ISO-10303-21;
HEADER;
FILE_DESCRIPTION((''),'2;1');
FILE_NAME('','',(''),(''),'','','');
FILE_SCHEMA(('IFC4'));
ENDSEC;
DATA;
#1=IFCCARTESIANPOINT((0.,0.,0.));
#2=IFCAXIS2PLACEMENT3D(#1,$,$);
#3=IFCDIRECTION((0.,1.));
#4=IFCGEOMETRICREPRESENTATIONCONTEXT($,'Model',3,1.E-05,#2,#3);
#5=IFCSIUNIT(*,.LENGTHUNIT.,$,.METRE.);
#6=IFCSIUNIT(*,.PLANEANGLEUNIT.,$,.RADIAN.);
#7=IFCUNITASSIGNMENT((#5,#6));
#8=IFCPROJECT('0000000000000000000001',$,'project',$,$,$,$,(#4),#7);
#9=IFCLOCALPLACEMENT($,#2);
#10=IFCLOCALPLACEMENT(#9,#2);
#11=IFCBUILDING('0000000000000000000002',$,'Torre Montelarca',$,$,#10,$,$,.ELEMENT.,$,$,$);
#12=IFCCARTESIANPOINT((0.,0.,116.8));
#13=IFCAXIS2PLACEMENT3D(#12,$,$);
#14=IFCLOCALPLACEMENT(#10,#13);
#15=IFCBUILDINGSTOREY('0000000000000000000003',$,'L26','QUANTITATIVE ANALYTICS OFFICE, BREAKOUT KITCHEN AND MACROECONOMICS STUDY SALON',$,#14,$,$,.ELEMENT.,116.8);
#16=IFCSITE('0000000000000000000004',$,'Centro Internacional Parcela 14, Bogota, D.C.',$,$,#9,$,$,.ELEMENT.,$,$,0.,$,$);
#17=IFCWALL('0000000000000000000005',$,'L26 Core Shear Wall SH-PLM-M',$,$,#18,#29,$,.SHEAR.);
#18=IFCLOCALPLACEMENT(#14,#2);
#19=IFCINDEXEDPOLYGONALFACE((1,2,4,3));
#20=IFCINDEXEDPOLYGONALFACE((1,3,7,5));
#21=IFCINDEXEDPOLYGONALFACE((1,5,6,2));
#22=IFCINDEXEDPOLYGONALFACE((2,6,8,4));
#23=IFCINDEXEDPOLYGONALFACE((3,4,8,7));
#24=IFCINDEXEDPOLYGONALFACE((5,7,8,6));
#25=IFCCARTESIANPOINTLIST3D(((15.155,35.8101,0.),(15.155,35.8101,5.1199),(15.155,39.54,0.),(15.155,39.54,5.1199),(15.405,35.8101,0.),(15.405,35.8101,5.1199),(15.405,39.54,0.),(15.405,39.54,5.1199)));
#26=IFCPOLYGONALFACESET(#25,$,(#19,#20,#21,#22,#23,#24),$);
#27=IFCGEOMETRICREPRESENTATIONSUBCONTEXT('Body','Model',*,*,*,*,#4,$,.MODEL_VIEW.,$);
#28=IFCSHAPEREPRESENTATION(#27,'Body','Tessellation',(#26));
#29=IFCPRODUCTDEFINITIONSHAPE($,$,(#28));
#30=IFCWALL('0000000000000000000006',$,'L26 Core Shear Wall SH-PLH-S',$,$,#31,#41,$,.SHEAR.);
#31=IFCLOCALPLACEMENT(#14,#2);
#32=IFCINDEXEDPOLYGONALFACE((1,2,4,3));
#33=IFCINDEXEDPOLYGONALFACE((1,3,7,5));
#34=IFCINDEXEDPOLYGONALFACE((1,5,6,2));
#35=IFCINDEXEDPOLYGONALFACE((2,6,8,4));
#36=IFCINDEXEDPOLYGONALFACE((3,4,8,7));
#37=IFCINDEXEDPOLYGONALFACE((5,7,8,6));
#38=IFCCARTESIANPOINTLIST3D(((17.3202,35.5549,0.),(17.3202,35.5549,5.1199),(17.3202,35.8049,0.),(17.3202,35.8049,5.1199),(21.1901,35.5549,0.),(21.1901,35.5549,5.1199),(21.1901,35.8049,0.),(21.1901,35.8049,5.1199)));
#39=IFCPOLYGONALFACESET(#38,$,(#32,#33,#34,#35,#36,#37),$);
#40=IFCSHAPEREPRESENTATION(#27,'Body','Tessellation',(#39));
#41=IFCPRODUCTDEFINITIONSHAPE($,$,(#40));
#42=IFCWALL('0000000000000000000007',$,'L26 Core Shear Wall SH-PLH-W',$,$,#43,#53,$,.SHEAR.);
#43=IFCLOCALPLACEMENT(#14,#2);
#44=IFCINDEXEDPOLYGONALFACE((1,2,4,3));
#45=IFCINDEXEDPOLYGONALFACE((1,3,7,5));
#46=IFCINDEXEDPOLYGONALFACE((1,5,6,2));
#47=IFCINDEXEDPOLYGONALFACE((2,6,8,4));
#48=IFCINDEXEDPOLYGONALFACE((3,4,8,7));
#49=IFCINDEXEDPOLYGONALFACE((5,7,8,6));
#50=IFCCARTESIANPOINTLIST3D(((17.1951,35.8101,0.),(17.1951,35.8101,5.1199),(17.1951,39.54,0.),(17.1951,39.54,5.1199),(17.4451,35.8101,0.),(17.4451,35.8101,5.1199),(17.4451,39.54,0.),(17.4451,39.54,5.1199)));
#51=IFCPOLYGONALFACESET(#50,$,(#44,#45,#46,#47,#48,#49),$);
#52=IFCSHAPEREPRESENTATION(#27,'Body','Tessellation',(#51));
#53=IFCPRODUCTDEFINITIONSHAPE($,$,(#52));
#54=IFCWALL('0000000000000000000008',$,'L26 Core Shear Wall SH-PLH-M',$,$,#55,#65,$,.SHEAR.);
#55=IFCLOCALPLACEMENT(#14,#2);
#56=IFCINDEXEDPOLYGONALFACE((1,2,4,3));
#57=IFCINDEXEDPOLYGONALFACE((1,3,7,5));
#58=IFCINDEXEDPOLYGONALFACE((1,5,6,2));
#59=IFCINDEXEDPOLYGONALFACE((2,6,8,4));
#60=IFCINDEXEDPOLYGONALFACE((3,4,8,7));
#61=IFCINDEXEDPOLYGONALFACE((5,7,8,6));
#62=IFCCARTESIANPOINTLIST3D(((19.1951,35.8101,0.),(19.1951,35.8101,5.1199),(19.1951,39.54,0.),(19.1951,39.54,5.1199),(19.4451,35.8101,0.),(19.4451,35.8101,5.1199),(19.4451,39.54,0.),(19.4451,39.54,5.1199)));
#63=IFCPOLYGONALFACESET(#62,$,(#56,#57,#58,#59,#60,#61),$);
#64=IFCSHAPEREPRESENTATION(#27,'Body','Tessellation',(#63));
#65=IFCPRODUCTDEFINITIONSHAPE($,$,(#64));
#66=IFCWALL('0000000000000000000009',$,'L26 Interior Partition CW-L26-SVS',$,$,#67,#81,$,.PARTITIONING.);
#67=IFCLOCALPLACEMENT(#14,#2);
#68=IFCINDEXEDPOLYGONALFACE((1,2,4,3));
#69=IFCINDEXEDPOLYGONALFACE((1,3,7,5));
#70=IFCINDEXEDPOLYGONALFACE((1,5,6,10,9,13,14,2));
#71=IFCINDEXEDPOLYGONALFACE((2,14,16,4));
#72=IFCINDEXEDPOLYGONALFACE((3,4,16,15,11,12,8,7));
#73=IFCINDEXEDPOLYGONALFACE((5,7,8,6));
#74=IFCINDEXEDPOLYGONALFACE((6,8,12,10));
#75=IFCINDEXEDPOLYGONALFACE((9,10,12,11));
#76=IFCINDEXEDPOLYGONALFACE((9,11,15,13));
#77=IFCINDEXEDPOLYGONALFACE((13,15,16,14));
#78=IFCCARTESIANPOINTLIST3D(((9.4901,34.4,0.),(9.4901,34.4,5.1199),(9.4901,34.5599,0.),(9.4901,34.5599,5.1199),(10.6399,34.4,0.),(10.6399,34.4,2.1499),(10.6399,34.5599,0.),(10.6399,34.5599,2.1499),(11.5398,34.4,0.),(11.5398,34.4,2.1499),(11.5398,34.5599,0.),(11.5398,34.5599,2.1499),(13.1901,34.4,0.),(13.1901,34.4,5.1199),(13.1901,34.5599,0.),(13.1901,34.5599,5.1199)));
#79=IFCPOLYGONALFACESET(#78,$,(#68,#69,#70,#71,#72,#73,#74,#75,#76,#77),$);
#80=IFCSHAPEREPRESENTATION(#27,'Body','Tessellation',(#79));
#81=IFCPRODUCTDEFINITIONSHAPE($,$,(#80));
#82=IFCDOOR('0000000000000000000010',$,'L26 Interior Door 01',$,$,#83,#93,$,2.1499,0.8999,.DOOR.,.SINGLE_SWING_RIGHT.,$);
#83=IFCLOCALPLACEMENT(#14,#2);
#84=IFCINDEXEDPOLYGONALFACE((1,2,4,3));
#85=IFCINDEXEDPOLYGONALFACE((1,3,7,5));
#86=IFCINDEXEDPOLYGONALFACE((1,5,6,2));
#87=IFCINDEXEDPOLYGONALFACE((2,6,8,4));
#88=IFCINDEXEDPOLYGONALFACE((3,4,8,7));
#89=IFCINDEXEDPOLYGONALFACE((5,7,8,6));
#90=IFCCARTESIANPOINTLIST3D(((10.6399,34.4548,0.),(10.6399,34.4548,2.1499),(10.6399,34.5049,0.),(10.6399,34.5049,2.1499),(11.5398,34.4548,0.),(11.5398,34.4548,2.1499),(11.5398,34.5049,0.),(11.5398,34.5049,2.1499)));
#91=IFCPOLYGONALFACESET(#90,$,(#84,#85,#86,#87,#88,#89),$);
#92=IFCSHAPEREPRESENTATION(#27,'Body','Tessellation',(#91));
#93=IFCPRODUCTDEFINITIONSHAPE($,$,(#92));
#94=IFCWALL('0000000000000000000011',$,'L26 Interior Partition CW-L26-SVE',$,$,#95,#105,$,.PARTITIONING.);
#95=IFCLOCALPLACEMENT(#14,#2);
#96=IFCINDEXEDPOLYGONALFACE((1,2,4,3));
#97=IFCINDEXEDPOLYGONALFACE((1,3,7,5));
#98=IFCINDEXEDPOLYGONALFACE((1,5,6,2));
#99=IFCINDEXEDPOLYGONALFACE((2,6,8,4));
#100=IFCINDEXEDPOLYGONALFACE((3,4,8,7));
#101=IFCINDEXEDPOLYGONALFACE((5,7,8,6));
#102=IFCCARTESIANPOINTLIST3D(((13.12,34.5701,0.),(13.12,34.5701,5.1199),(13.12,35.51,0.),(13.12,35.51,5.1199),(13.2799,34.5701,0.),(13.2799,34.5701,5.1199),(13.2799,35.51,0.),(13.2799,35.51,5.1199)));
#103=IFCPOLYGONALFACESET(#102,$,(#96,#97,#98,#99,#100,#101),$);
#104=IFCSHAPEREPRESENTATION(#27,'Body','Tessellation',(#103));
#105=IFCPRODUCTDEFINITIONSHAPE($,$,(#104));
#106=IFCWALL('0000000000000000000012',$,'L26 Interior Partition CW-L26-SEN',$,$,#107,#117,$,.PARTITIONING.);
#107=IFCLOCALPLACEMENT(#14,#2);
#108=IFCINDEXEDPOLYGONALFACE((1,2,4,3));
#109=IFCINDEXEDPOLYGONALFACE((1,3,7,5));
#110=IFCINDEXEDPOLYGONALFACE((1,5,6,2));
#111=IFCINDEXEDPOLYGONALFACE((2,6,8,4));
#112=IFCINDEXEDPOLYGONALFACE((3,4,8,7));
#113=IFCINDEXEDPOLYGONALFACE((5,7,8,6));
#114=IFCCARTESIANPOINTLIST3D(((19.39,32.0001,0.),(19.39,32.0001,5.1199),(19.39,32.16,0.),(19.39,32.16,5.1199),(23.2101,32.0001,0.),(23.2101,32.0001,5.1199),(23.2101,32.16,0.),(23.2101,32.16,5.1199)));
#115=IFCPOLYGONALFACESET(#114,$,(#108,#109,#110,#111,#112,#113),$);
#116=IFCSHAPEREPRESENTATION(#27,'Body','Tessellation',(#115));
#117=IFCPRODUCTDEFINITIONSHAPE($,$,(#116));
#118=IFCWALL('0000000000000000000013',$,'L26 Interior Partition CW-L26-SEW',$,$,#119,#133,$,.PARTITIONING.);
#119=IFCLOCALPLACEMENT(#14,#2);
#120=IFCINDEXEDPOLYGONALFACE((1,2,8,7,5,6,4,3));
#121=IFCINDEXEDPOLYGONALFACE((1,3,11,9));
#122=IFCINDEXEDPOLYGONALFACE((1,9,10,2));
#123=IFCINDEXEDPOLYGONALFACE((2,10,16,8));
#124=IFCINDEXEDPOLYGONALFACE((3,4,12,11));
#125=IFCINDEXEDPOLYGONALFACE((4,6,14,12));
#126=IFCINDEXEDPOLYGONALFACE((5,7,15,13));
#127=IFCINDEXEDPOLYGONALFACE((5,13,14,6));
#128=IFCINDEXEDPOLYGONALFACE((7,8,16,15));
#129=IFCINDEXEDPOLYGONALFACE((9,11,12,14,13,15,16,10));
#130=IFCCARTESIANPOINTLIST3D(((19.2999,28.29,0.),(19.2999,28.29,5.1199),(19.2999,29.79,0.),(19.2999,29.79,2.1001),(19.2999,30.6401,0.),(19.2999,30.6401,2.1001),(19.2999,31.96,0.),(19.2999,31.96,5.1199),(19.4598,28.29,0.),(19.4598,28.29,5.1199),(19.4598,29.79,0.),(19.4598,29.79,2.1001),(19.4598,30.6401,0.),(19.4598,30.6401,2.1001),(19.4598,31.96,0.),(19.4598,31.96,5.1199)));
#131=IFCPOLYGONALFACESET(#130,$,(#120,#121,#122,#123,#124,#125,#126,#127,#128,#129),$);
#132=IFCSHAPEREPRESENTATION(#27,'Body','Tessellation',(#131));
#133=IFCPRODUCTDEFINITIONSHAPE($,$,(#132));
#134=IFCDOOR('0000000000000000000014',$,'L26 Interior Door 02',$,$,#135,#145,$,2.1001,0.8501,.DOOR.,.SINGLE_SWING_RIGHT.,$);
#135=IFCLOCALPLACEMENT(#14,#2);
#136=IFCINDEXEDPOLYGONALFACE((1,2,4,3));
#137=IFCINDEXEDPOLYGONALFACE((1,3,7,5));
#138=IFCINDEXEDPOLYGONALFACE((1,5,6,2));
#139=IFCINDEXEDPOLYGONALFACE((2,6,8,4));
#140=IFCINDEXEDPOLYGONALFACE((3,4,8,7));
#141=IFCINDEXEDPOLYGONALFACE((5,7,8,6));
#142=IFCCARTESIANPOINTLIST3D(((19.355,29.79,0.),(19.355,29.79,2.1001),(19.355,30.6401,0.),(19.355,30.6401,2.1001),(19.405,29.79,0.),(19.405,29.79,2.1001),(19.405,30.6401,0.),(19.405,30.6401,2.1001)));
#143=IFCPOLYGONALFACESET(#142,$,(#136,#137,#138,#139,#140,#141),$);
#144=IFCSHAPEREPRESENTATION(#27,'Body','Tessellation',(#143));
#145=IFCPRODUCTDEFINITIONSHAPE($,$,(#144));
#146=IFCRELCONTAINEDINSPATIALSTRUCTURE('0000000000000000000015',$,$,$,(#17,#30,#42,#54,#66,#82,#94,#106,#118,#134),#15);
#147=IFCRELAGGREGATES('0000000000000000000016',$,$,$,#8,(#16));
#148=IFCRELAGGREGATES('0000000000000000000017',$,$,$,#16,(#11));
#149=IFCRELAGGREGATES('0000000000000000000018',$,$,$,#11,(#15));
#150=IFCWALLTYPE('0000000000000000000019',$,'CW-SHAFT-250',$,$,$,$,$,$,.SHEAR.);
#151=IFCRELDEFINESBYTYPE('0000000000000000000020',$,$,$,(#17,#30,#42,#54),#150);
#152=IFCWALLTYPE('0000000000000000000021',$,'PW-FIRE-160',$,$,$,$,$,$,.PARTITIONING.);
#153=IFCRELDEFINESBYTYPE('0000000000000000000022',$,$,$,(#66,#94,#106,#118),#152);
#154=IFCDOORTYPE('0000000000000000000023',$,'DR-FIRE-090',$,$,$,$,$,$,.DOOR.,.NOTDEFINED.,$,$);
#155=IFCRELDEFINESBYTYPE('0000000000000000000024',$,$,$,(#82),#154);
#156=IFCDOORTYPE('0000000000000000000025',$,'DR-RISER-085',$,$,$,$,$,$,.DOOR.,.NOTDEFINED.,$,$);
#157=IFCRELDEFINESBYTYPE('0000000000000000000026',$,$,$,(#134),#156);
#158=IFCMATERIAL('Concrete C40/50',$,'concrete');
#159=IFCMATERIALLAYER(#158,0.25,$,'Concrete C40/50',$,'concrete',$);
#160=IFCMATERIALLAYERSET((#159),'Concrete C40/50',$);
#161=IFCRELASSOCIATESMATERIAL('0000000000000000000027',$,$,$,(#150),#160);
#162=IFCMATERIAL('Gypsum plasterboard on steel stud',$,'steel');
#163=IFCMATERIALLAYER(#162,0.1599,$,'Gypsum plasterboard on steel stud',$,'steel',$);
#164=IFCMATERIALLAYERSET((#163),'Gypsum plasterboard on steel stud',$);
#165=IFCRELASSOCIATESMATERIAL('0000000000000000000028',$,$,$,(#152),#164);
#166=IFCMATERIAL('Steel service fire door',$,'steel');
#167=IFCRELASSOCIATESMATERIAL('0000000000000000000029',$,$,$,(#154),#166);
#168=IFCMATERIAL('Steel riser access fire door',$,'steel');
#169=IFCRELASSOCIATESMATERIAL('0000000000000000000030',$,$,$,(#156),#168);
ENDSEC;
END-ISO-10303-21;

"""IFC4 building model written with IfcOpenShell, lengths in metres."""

from ifc_helpers import new_model, si_unit, direction, frame, frame_2d, origin, place, context, subcontext, project, spatial, rectangle, extrude, source, transform, mapped, material, layer, layer_set, type_object, element, fill, save


model = new_model("IFC4")

# Units and contexts
model_context = context("Model", 3, precision=1e-05, world=origin(), true_north=direction((0.0, 1.0)))
body_context = subcontext(model_context, "Body", "Model", "MODEL_VIEW")
ifc_project = project(units=[si_unit("LENGTHUNIT", "METRE"), si_unit("PLANEANGLEUNIT", "RADIAN")], contexts=[model_context])

# Site, building, storey
site_placement = place(None, origin())
site = spatial("IfcSite", under=ifc_project, at=site_placement, Name="Centro Internacional Parcela 14, Bogota, D.C.", CompositionType="ELEMENT", RefElevation=0.0)
building_placement = place(site_placement, origin())
building = spatial("IfcBuilding", under=site, at=building_placement, Name="Torre Montelarca", CompositionType="ELEMENT")
storey_placement = place(building_placement, frame((0.0, 0.0, 116.8)))
storey = spatial("IfcBuildingStorey", under=building, at=storey_placement, Name="L26", Description="QUANTITATIVE ANALYTICS OFFICE, BREAKOUT KITCHEN AND MACROECONOMICS STUDY SALON", CompositionType="ELEMENT", Elevation=116.8)

# Shared definitions
ifc_material_1 = material(Name="Concrete C40/50", Category="concrete")
ifc_layer_1 = layer(ifc_material_1, 0.25, Name="Concrete C40/50", Category="concrete")
ifc_layer_set_1 = layer_set([ifc_layer_1], Name="Concrete C40/50")
wall_type_1 = type_object("IfcWallType", Name="CW-SHAFT-250", PredefinedType="SHEAR", material=ifc_layer_set_1)

# Walls
for number, where, z_axis, x_axis, name in (
    (1, (15.28, 35.8101, 0.0), (0.0, 0.0, 1.0), (0.0, 1.0, 0.0), "L26 Core Shear Wall SH-PLM-M"),
):
    element("IfcWall", number, at=place(storey_placement, frame(where, z_axis=z_axis, x_axis=x_axis)), inside=storey, type_object=wall_type_1, Name=name, PredefinedType="SHEAR", context=body_context, shape_type="SweptSolid", body=[
        extrude(rectangle(XDim=3.73, YDim=0.25, at=frame_2d((1.865, 0.0))), origin(), (0.0, 0.0, 1.0), 5.1199),
    ])
wall_1_placement = place(storey_placement, frame((17.3201, 35.6799, 0.0), z_axis=(0.0, 0.0, 1.0), x_axis=(1.0, 0.0, 0.0)))
element("IfcWall", 2, at=wall_1_placement, inside=storey, type_object=wall_type_1, Name="L26 Core Shear Wall SH-PLH-S", PredefinedType="SHEAR", context=body_context, shape_type="SweptSolid", body=[
    extrude(rectangle(XDim=3.8699, YDim=0.25, at=frame_2d((1.9351, 0.0))), origin(), (0.0, 0.0, 1.0), 5.1199),
])
for number, where, z_axis, x_axis, name in (
    (3, (17.3201, 35.8101, 0.0), (0.0, 0.0, 1.0), (0.0, 1.0, 0.0), "L26 Core Shear Wall SH-PLH-W"),
    (4, (19.3201, 35.8101, 0.0), (0.0, 0.0, 1.0), (0.0, 1.0, 0.0), "L26 Core Shear Wall SH-PLH-M"),
):
    element("IfcWall", number, at=place(storey_placement, frame(where, z_axis=z_axis, x_axis=x_axis)), inside=storey, type_object=wall_type_1, Name=name, PredefinedType="SHEAR", context=body_context, shape_type="SweptSolid", body=[
        extrude(rectangle(XDim=3.73, YDim=0.25, at=frame_2d((1.865, 0.0))), origin(), (0.0, 0.0, 1.0), 5.1199),
    ])

# Wall, opening, door
ifc_material_2 = material(Name="Gypsum plasterboard on steel stud", Category="steel")
ifc_layer_2 = layer(ifc_material_2, 0.1599, Name="Gypsum plasterboard on steel stud", Category="steel")
ifc_layer_set_2 = layer_set([ifc_layer_2], Name="Gypsum plasterboard on steel stud")
wall_type_2 = type_object("IfcWallType", Name="PW-FIRE-160", PredefinedType="PARTITIONING", material=ifc_layer_set_2)
wall_2_placement = place(storey_placement, frame((9.49, 34.48, 0.0), z_axis=(0.0, 0.0, 1.0), x_axis=(1.0, 0.0, 0.0)))
wall_2 = element("IfcWall", 5, at=wall_2_placement, inside=storey, type_object=wall_type_2, Name="L26 Interior Partition CW-L26-SVS", PredefinedType="PARTITIONING", context=body_context, shape_type="SweptSolid", body=[
    extrude(rectangle(XDim=3.7, YDim=0.1599, at=frame_2d((1.8501, 0.0))), origin(), (0.0, 0.0, 1.0), 5.1199),
])
opening_1_placement = place(wall_2_placement, frame((1.1499, 0.0, 0.0)))
opening_1 = element("IfcOpeningElement", 6, at=opening_1_placement, cuts=wall_2, PredefinedType="OPENING", context=body_context, shape_type="SweptSolid", body=[
    extrude(rectangle(XDim=0.8999, YDim=2.1499, at=frame_2d((0.45, 1.075))), frame((0.0, 0.0898, 0.0), z_axis=(0.0, -1.0, 0.0), x_axis=(1.0, 0.0, 0.0)), (0.0, 0.0, 1.0), 0.1799),
])
ifc_material_3 = material(Name="Steel service fire door", Category="steel")
door_type_1 = type_object("IfcDoorType", Name="DR-FIRE-090", OperationType="NOTDEFINED", PredefinedType="DOOR", material=ifc_material_3)
shared_shape_1 = source(origin(), body_context, "Body", "SweptSolid", [
    extrude(rectangle(XDim=0.8999, YDim=2.1499, at=frame_2d((0.45, 1.075))), frame((0.0, 0.0249, 0.0), z_axis=(0.0, -1.0, 0.0), x_axis=(1.0, 0.0, 0.0)), (0.0, 0.0, 1.0), 0.05),
])
door_1_placement = place(opening_1_placement, origin())
door_1 = element("IfcDoor", 7, at=door_1_placement, inside=storey, type_object=door_type_1, Name="L26 Interior Door 01", OperationType="SINGLE_SWING_RIGHT", OverallHeight=2.1499, OverallWidth=0.8999, PredefinedType="DOOR", context=body_context, shape_type="MappedRepresentation", body=[
    mapped(shared_shape_1, transform((0.0, 0.0, 0.0), scale=1.0)),
])
fill(opening_1, door_1)

# Walls
wall_3_placement = place(storey_placement, frame((13.2, 34.5701, 0.0), z_axis=(0.0, 0.0, 1.0), x_axis=(0.0, 1.0, 0.0)))
element("IfcWall", 8, at=wall_3_placement, inside=storey, type_object=wall_type_2, Name="L26 Interior Partition CW-L26-SVE", PredefinedType="PARTITIONING", context=body_context, shape_type="SweptSolid", body=[
    extrude(rectangle(XDim=0.9399, YDim=0.1599, at=frame_2d((0.47, 0.0))), origin(), (0.0, 0.0, 1.0), 5.1199),
])
wall_4_placement = place(storey_placement, frame((19.3899, 32.0801, 0.0), z_axis=(0.0, 0.0, 1.0), x_axis=(1.0, 0.0, 0.0)))
element("IfcWall", 9, at=wall_4_placement, inside=storey, type_object=wall_type_2, Name="L26 Interior Partition CW-L26-SEN", PredefinedType="PARTITIONING", context=body_context, shape_type="SweptSolid", body=[
    extrude(rectangle(XDim=3.8201, YDim=0.1599, at=frame_2d((1.9102, 0.0))), origin(), (0.0, 0.0, 1.0), 5.1199),
])

# Wall, opening, door
wall_5_placement = place(storey_placement, frame((19.3799, 28.29, 0.0), z_axis=(0.0, 0.0, 1.0), x_axis=(0.0, 1.0, 0.0)))
wall_5 = element("IfcWall", 10, at=wall_5_placement, inside=storey, type_object=wall_type_2, Name="L26 Interior Partition CW-L26-SEW", PredefinedType="PARTITIONING", context=body_context, shape_type="SweptSolid", body=[
    extrude(rectangle(XDim=3.6699, YDim=0.1599, at=frame_2d((1.835, 0.0))), origin(), (0.0, 0.0, 1.0), 5.1199),
])
opening_2_placement = place(wall_5_placement, frame((1.5, 0.0, 0.0)))
opening_2 = element("IfcOpeningElement", 11, at=opening_2_placement, cuts=wall_5, PredefinedType="OPENING", context=body_context, shape_type="SweptSolid", body=[
    extrude(rectangle(XDim=0.8501, YDim=2.1001, at=frame_2d((0.425, 1.05))), frame((0.0, 0.0898, 0.0), z_axis=(0.0, -1.0, 0.0), x_axis=(1.0, 0.0, 0.0)), (0.0, 0.0, 1.0), 0.1799),
])
ifc_material_4 = material(Name="Steel riser access fire door", Category="steel")
door_type_2 = type_object("IfcDoorType", Name="DR-RISER-085", OperationType="NOTDEFINED", PredefinedType="DOOR", material=ifc_material_4)
shared_shape_2 = source(origin(), body_context, "Body", "SweptSolid", [
    extrude(rectangle(XDim=0.8501, YDim=2.1001, at=frame_2d((0.425, 1.05))), frame((0.0, 0.0249, 0.0), z_axis=(0.0, -1.0, 0.0), x_axis=(1.0, 0.0, 0.0)), (0.0, 0.0, 1.0), 0.05),
])
door_2_placement = place(opening_2_placement, origin())
door_2 = element("IfcDoor", 12, at=door_2_placement, inside=storey, type_object=door_type_2, Name="L26 Interior Door 02", OperationType="SINGLE_SWING_RIGHT", OverallHeight=2.1001, OverallWidth=0.8501, PredefinedType="DOOR", context=body_context, shape_type="MappedRepresentation", body=[
    mapped(shared_shape_2, transform((0.0, 0.0, 0.0), scale=1.0)),
])
fill(opening_2, door_2)

save(model, "model.ifc")
